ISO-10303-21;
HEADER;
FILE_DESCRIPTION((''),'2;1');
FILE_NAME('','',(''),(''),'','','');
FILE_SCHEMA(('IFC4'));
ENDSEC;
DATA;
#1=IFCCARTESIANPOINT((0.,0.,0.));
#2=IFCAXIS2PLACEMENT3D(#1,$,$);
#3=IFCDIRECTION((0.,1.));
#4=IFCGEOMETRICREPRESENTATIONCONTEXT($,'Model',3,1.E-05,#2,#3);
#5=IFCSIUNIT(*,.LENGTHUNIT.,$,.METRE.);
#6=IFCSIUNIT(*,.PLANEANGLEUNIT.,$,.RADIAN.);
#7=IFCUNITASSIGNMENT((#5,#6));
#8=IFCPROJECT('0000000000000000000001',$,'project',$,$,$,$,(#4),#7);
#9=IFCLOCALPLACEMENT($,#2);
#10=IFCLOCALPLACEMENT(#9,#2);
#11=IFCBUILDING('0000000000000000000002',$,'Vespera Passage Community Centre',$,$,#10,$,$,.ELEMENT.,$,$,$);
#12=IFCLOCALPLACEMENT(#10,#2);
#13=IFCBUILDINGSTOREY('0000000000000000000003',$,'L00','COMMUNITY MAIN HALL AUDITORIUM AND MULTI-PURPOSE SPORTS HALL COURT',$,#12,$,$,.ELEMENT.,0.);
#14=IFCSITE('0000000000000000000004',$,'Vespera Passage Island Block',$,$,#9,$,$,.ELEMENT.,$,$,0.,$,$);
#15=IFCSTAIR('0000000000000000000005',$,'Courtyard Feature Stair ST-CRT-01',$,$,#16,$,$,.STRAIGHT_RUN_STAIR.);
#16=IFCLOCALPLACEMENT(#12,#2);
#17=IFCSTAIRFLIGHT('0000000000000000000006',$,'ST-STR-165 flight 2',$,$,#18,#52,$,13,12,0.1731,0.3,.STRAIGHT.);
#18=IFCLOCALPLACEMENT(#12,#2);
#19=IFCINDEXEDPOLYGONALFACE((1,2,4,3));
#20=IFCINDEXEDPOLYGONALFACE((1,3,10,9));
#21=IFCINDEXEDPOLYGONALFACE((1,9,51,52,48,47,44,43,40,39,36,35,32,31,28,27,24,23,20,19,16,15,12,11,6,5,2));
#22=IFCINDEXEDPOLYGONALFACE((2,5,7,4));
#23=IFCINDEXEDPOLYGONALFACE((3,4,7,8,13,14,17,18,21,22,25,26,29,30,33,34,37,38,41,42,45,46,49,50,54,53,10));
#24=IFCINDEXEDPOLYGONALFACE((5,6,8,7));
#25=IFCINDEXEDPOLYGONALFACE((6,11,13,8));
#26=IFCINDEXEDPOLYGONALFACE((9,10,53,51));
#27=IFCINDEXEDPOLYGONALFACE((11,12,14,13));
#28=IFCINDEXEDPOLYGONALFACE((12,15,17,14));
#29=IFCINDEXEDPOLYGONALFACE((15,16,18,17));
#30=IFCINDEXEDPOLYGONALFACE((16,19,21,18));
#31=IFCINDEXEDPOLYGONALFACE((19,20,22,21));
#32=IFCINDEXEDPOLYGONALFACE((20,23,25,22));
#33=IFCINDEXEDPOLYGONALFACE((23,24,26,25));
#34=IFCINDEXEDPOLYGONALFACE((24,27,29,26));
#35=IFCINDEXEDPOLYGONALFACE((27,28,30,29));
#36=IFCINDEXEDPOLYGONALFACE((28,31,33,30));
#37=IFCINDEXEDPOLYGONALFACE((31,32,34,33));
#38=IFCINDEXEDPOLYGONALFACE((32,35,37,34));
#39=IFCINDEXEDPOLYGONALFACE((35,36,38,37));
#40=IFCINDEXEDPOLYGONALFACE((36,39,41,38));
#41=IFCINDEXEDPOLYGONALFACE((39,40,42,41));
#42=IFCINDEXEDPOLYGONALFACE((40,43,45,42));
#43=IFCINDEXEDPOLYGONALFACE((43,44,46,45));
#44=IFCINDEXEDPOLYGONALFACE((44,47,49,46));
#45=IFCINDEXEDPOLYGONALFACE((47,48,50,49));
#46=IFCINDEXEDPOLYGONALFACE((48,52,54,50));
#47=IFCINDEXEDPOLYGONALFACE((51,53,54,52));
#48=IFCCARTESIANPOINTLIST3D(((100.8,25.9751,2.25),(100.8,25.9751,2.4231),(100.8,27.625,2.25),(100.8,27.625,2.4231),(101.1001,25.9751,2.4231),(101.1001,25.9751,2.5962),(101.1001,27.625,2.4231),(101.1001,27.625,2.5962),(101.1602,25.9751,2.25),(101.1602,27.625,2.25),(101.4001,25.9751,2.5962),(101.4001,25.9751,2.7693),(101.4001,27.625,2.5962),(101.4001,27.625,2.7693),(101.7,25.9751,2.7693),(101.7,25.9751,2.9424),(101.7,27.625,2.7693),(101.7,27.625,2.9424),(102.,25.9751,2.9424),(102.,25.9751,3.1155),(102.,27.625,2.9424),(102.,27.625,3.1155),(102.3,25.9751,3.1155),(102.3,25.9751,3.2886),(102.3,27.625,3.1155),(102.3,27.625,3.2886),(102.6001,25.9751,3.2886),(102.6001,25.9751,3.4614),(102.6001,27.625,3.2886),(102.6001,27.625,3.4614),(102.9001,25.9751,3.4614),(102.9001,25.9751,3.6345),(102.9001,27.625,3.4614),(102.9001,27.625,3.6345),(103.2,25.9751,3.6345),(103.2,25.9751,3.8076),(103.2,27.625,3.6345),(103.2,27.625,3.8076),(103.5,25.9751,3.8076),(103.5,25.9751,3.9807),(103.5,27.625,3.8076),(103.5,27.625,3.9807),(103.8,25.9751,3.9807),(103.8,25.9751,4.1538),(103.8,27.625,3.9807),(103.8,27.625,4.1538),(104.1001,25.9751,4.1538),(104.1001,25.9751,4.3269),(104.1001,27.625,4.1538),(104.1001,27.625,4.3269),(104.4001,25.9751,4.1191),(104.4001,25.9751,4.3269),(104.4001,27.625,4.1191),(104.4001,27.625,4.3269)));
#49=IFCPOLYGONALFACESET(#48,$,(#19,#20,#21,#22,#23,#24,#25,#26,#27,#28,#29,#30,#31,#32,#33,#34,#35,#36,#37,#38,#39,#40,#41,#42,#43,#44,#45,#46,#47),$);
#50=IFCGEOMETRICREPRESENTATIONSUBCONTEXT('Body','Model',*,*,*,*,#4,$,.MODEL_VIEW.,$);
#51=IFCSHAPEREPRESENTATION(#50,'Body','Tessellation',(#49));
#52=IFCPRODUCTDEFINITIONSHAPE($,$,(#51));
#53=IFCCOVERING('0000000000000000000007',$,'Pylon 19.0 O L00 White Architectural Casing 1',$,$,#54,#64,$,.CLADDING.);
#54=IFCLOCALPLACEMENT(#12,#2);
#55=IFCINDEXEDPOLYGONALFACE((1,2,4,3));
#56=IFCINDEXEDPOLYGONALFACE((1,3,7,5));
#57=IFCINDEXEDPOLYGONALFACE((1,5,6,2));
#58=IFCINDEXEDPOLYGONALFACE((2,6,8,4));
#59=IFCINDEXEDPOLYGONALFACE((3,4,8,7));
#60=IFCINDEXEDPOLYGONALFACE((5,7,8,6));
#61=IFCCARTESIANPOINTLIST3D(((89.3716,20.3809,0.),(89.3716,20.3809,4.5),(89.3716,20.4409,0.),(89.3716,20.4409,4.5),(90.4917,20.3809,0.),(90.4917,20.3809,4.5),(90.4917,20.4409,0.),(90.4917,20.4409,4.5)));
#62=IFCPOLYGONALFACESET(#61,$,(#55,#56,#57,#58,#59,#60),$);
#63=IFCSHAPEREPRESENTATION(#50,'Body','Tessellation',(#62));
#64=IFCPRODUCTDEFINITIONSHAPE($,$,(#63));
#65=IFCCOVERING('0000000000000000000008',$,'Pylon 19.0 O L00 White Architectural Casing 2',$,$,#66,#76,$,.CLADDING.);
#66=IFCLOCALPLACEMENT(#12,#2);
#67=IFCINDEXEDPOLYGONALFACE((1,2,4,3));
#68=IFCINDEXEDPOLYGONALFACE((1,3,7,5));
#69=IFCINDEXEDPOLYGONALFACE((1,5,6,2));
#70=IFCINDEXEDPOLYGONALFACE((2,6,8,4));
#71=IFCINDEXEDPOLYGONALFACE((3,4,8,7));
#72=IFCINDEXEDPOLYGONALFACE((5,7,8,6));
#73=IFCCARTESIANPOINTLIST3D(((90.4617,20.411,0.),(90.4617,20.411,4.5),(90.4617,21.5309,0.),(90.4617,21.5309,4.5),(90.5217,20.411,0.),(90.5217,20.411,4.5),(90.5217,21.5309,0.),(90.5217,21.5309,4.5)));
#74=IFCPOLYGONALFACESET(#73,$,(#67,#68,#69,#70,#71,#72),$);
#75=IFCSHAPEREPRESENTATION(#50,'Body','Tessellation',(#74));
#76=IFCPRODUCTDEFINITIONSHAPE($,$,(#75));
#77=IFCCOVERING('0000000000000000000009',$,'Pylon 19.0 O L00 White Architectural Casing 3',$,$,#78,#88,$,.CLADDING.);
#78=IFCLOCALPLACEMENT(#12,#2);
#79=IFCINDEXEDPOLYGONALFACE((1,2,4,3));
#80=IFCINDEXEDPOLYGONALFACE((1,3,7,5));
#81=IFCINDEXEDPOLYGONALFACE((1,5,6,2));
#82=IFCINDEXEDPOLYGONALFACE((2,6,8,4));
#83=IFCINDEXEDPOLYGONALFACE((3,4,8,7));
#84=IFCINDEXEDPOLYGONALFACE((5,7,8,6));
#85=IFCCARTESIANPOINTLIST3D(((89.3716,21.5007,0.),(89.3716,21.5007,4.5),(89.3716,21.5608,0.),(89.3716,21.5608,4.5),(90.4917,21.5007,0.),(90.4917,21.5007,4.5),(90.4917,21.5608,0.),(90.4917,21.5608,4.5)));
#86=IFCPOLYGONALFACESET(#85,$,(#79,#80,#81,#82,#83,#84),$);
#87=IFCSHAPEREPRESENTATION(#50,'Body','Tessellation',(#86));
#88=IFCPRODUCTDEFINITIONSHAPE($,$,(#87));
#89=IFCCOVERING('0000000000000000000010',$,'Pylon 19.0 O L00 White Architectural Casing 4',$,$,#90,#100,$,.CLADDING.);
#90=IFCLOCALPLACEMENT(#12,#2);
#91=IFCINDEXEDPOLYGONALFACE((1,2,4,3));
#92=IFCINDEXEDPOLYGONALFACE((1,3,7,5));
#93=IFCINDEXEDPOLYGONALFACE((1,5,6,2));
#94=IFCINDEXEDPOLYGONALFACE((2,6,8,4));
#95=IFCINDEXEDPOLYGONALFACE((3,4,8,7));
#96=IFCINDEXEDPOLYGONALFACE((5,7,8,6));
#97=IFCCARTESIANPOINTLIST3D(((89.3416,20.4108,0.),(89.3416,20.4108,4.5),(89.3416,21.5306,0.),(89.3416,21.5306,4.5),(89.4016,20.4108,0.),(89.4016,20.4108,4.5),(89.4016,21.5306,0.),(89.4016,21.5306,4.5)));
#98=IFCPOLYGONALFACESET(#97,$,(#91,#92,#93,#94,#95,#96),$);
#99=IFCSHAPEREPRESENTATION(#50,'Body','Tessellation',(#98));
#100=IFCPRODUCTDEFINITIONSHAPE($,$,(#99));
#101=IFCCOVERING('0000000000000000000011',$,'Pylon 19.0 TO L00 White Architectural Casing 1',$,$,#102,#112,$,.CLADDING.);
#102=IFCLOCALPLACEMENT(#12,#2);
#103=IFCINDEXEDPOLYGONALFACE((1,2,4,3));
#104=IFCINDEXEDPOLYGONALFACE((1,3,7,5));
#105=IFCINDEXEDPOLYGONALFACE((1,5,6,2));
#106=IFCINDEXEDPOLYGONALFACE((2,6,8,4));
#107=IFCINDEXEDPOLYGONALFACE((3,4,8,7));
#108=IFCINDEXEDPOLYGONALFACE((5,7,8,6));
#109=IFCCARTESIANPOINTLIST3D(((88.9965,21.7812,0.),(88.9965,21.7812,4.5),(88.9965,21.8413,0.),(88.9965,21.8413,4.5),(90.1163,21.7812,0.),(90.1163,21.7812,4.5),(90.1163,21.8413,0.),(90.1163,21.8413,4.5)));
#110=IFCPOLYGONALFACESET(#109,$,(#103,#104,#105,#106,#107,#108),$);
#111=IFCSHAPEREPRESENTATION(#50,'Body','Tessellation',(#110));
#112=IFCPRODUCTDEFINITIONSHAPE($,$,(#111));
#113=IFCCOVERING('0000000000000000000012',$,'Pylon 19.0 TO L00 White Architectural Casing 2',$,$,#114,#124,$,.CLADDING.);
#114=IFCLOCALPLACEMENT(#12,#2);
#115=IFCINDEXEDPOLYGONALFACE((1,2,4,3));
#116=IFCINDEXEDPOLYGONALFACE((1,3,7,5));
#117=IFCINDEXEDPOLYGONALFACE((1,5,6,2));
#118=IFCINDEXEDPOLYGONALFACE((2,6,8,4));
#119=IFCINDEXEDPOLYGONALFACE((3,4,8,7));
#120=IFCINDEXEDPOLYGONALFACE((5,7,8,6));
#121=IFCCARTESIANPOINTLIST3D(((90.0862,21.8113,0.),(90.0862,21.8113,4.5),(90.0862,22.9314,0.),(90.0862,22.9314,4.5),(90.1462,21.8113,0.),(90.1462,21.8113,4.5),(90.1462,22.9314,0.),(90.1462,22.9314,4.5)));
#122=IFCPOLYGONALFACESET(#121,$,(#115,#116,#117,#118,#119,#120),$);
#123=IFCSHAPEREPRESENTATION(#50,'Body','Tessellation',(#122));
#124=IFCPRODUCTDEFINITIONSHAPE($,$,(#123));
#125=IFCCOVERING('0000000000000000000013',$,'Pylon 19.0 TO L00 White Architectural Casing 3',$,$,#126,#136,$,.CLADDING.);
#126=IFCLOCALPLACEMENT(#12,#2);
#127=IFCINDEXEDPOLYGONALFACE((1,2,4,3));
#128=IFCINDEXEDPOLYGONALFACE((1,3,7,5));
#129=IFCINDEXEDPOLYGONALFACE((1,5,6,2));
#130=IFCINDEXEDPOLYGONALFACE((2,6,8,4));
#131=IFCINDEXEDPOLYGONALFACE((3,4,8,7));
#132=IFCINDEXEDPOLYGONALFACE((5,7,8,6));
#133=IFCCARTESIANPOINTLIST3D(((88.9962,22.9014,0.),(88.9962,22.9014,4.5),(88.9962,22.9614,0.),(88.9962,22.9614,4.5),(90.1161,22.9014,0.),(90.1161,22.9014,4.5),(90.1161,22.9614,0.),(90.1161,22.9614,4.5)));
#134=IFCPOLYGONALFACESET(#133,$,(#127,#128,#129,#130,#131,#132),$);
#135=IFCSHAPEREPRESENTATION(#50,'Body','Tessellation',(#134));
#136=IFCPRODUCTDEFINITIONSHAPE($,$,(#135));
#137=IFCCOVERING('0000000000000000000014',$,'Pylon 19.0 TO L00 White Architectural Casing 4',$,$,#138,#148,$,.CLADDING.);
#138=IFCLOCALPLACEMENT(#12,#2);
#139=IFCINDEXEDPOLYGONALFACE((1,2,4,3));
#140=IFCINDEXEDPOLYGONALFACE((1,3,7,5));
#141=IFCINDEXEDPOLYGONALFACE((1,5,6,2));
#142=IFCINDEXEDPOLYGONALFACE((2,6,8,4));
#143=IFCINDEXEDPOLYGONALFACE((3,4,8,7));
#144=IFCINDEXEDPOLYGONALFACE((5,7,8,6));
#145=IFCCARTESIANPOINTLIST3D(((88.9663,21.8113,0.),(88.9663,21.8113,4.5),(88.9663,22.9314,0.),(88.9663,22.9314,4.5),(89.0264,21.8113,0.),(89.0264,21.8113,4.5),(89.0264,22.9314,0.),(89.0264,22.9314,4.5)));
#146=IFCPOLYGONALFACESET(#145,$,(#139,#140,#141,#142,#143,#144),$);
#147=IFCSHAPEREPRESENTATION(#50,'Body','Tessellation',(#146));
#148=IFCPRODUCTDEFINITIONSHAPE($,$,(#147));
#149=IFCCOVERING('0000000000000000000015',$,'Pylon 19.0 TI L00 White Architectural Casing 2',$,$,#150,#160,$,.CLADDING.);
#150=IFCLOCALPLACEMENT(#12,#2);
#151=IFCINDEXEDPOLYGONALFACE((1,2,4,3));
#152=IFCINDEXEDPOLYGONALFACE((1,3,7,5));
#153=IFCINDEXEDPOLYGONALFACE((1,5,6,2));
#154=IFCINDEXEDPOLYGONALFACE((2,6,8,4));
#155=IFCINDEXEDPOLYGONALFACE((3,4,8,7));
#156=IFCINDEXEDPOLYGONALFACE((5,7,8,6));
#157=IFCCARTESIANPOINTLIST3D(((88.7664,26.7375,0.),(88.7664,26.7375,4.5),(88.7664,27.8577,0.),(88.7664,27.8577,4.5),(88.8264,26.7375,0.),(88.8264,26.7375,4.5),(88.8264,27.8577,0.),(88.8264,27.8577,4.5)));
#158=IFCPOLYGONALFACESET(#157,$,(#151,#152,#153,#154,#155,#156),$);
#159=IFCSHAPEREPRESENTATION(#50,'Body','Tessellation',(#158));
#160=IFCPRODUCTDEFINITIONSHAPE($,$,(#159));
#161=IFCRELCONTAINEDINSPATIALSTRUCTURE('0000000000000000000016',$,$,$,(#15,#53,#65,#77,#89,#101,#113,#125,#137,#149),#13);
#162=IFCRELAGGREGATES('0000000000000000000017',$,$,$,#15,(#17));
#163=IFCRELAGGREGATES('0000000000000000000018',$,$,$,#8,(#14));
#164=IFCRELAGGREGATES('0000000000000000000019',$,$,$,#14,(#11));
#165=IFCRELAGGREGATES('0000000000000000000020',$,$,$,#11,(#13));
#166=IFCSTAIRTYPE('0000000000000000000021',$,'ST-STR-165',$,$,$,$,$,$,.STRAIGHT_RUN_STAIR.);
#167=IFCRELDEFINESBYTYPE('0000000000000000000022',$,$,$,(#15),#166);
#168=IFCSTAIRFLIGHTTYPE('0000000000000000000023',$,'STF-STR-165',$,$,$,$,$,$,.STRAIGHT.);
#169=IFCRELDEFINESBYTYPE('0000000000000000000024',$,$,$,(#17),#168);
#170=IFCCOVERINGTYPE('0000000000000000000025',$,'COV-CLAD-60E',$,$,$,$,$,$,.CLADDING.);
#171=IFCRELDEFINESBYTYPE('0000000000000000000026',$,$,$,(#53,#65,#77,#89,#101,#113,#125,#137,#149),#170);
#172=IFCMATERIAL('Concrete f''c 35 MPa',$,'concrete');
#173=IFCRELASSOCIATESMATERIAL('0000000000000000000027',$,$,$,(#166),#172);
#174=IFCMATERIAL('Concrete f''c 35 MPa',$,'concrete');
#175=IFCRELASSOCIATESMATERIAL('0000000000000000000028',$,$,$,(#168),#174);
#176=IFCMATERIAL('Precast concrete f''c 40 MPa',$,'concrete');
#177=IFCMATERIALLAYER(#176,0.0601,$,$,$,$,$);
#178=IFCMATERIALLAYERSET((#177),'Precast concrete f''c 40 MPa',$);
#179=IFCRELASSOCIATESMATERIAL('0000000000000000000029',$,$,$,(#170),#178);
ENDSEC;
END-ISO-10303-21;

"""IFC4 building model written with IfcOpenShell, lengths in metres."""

from ifc_helpers import new_model, si_unit, direction, frame, frame_2d, origin, place, context, subcontext, project, spatial, polyline, rectangle, outline, extrude, material, layer, layer_set, type_object, element, aggregate, save


model = new_model("IFC4")

# Units and contexts
model_context = context("Model", 3, precision=1e-05, world=origin(), true_north=direction((0.0, 1.0)))
body_context = subcontext(model_context, "Body", "Model", "MODEL_VIEW")
ifc_project = project(units=[si_unit("LENGTHUNIT", "METRE"), si_unit("PLANEANGLEUNIT", "RADIAN")], contexts=[model_context])

# Site, building, storey
site_placement = place(None, origin())
site = spatial("IfcSite", under=ifc_project, at=site_placement, Name="Vespera Passage Island Block", CompositionType="ELEMENT", RefElevation=0.0)
building_placement = place(site_placement, origin())
building = spatial("IfcBuilding", under=site, at=building_placement, Name="Vespera Passage Community Centre", CompositionType="ELEMENT")
storey_placement = place(building_placement, origin())
storey = spatial("IfcBuildingStorey", under=building, at=storey_placement, Name="L00", Description="COMMUNITY MAIN HALL AUDITORIUM AND MULTI-PURPOSE SPORTS HALL COURT", CompositionType="ELEMENT", Elevation=0.0)

# Stair, stair flight
ifc_material_1 = material(Name="Concrete f'c 35 MPa", Category="concrete")
stair_type = type_object("IfcStairType", Name="ST-STR-165", PredefinedType="STRAIGHT_RUN_STAIR", material=ifc_material_1)
stair_placement = place(storey_placement, origin())
stair = element("IfcStair", 1, at=stair_placement, inside=storey, type_object=stair_type, Name="Courtyard Feature Stair ST-CRT-01", PredefinedType="STRAIGHT_RUN_STAIR")
ifc_material_2 = material(Name="Concrete f'c 35 MPa", Category="concrete")
stair_flight_type = type_object("IfcStairFlightType", Name="STF-STR-165", PredefinedType="STRAIGHT", material=ifc_material_2)
stair_flight_1_placement = place(storey_placement, frame((100.8, 26.8, 2.25), z_axis=(0.0, 0.0, 1.0), x_axis=(1.0, 0.0, 0.0)))
stair_flight_1 = element("IfcStairFlight", 2, at=stair_flight_1_placement, type_object=stair_flight_type, Name="ST-STR-165 flight 2", NumberOfRisers=13, NumberOfTreads=12, PredefinedType="STRAIGHT", RiserHeight=0.1731, TreadLength=0.3, context=body_context, shape_type="SweptSolid", body=[
    extrude(outline(polyline([(0.0, 0.0), (0.0, 0.1731), (0.3, 0.1731), (0.3, 0.3462), (0.6001, 0.3462), (0.6001, 0.5193), (0.8999, 0.5193), (0.8999, 0.6924), (1.2, 0.6924), (1.2, 0.8655), (1.5, 0.8655), (1.5, 1.0386), (1.8, 1.0386), (1.8, 1.2114), (2.1001, 1.2114), (2.1001, 1.3845), (2.3999, 1.3845), (2.3999, 1.5576), (2.7, 1.5576), (2.7, 1.7307), (3.0, 1.7307), (3.0, 1.9038), (3.3, 1.9038), (3.3, 2.0769), (3.6001, 2.0769), (3.6001, 2.25), (3.6001, 1.8691), (0.3601, 0.0), (0.0, 0.0)])), frame((0.0, 0.825, 0.0), z_axis=(0.0, -1.0, 0.0), x_axis=(1.0, 0.0, 0.0)), (0.0, 0.0, 1.0), 1.6499),
])
aggregate(stair, [stair_flight_1])

# Coverings
ifc_material_3 = material(Name="Precast concrete f'c 40 MPa", Category="concrete")
ifc_layer = layer(ifc_material_3, 0.0601)
ifc_layer_set = layer_set([ifc_layer], Name="Precast concrete f'c 40 MPa")
covering_type = type_object("IfcCoveringType", Name="COV-CLAD-60E", PredefinedType="CLADDING", material=ifc_layer_set)
covering_1_placement = place(storey_placement, frame((89.3716, 20.4109, 0.0), z_axis=(0.0, 0.0, 1.0), x_axis=(1.0, 0.0, 0.0)))
element("IfcCovering", 3, at=covering_1_placement, inside=storey, type_object=covering_type, Name="Pylon 19.0 O L00 White Architectural Casing 1", PredefinedType="CLADDING", context=body_context, shape_type="SweptSolid", body=[
    extrude(rectangle(XDim=1.1201, YDim=0.0601, at=frame_2d((0.5601, 0.0))), origin(), (0.0, 0.0, 1.0), 4.5),
])
covering_2_placement = place(storey_placement, frame((90.4917, 20.4109, 0.0), z_axis=(0.0, 0.0, 1.0), x_axis=(0.0, 1.0, 0.0)))
element("IfcCovering", 4, at=covering_2_placement, inside=storey, type_object=covering_type, Name="Pylon 19.0 O L00 White Architectural Casing 2", PredefinedType="CLADDING", context=body_context, shape_type="SweptSolid", body=[
    extrude(rectangle(XDim=1.1199, YDim=0.0601, at=frame_2d((0.5601, 0.0))), origin(), (0.0, 0.0, 1.0), 4.5),
])
covering_3_placement = place(storey_placement, frame((90.4917, 21.5308, 0.0), z_axis=(0.0, 0.0, 1.0), x_axis=(-1.0, 0.0, 0.0)))
element("IfcCovering", 5, at=covering_3_placement, inside=storey, type_object=covering_type, Name="Pylon 19.0 O L00 White Architectural Casing 3", PredefinedType="CLADDING", context=body_context, shape_type="SweptSolid", body=[
    extrude(rectangle(XDim=1.1201, YDim=0.0601, at=frame_2d((0.5601, 0.0))), origin(), (0.0, 0.0, 1.0), 4.5),
])
for number, where, z_axis, x_axis, name in (
    (6, (89.3716, 21.5308, 0.0), (0.0, 0.0, 1.0), (0.0, -1.0, 0.0), "Pylon 19.0 O L00 White Architectural Casing 4"),
    (7, (88.9963, 21.8113, 0.0), (0.0, 0.0, 1.0), (1.0, 0.0, 0.0), "Pylon 19.0 TO L00 White Architectural Casing 1"),
):
    element("IfcCovering", number, at=place(storey_placement, frame(where, z_axis=z_axis, x_axis=x_axis)), inside=storey, type_object=covering_type, Name=name, PredefinedType="CLADDING", context=body_context, shape_type="SweptSolid", body=[
        extrude(rectangle(XDim=1.1199, YDim=0.0601, at=frame_2d((0.5601, 0.0))), origin(), (0.0, 0.0, 1.0), 4.5),
    ])
covering_4_placement = place(storey_placement, frame((90.1162, 21.8113, 0.0), z_axis=(0.0, 0.0, 1.0), x_axis=(0.0, 1.0, 0.0)))
element("IfcCovering", 8, at=covering_4_placement, inside=storey, type_object=covering_type, Name="Pylon 19.0 TO L00 White Architectural Casing 2", PredefinedType="CLADDING", context=body_context, shape_type="SweptSolid", body=[
    extrude(rectangle(XDim=1.1201, YDim=0.0601, at=frame_2d((0.5601, 0.0))), origin(), (0.0, 0.0, 1.0), 4.5),
])
covering_5_placement = place(storey_placement, frame((90.1162, 22.9314, 0.0), z_axis=(0.0, 0.0, 1.0), x_axis=(-1.0, 0.0, 0.0)))
element("IfcCovering", 9, at=covering_5_placement, inside=storey, type_object=covering_type, Name="Pylon 19.0 TO L00 White Architectural Casing 3", PredefinedType="CLADDING", context=body_context, shape_type="SweptSolid", body=[
    extrude(rectangle(XDim=1.1199, YDim=0.0601, at=frame_2d((0.5601, 0.0))), origin(), (0.0, 0.0, 1.0), 4.5),
])
for number, where, z_axis, x_axis, name in (
    (10, (88.9963, 22.9314, 0.0), (0.0, 0.0, 1.0), (0.0, -1.0, 0.0), "Pylon 19.0 TO L00 White Architectural Casing 4"),
    (11, (88.7964, 26.7375, 0.0), (0.0, 0.0, 1.0), (0.0, 1.0, 0.0), "Pylon 19.0 TI L00 White Architectural Casing 2"),
):
    element("IfcCovering", number, at=place(storey_placement, frame(where, z_axis=z_axis, x_axis=x_axis)), inside=storey, type_object=covering_type, Name=name, PredefinedType="CLADDING", context=body_context, shape_type="SweptSolid", body=[
        extrude(rectangle(XDim=1.1201, YDim=0.0601, at=frame_2d((0.5601, 0.0))), origin(), (0.0, 0.0, 1.0), 4.5),
    ])

save(model, "model.ifc")
